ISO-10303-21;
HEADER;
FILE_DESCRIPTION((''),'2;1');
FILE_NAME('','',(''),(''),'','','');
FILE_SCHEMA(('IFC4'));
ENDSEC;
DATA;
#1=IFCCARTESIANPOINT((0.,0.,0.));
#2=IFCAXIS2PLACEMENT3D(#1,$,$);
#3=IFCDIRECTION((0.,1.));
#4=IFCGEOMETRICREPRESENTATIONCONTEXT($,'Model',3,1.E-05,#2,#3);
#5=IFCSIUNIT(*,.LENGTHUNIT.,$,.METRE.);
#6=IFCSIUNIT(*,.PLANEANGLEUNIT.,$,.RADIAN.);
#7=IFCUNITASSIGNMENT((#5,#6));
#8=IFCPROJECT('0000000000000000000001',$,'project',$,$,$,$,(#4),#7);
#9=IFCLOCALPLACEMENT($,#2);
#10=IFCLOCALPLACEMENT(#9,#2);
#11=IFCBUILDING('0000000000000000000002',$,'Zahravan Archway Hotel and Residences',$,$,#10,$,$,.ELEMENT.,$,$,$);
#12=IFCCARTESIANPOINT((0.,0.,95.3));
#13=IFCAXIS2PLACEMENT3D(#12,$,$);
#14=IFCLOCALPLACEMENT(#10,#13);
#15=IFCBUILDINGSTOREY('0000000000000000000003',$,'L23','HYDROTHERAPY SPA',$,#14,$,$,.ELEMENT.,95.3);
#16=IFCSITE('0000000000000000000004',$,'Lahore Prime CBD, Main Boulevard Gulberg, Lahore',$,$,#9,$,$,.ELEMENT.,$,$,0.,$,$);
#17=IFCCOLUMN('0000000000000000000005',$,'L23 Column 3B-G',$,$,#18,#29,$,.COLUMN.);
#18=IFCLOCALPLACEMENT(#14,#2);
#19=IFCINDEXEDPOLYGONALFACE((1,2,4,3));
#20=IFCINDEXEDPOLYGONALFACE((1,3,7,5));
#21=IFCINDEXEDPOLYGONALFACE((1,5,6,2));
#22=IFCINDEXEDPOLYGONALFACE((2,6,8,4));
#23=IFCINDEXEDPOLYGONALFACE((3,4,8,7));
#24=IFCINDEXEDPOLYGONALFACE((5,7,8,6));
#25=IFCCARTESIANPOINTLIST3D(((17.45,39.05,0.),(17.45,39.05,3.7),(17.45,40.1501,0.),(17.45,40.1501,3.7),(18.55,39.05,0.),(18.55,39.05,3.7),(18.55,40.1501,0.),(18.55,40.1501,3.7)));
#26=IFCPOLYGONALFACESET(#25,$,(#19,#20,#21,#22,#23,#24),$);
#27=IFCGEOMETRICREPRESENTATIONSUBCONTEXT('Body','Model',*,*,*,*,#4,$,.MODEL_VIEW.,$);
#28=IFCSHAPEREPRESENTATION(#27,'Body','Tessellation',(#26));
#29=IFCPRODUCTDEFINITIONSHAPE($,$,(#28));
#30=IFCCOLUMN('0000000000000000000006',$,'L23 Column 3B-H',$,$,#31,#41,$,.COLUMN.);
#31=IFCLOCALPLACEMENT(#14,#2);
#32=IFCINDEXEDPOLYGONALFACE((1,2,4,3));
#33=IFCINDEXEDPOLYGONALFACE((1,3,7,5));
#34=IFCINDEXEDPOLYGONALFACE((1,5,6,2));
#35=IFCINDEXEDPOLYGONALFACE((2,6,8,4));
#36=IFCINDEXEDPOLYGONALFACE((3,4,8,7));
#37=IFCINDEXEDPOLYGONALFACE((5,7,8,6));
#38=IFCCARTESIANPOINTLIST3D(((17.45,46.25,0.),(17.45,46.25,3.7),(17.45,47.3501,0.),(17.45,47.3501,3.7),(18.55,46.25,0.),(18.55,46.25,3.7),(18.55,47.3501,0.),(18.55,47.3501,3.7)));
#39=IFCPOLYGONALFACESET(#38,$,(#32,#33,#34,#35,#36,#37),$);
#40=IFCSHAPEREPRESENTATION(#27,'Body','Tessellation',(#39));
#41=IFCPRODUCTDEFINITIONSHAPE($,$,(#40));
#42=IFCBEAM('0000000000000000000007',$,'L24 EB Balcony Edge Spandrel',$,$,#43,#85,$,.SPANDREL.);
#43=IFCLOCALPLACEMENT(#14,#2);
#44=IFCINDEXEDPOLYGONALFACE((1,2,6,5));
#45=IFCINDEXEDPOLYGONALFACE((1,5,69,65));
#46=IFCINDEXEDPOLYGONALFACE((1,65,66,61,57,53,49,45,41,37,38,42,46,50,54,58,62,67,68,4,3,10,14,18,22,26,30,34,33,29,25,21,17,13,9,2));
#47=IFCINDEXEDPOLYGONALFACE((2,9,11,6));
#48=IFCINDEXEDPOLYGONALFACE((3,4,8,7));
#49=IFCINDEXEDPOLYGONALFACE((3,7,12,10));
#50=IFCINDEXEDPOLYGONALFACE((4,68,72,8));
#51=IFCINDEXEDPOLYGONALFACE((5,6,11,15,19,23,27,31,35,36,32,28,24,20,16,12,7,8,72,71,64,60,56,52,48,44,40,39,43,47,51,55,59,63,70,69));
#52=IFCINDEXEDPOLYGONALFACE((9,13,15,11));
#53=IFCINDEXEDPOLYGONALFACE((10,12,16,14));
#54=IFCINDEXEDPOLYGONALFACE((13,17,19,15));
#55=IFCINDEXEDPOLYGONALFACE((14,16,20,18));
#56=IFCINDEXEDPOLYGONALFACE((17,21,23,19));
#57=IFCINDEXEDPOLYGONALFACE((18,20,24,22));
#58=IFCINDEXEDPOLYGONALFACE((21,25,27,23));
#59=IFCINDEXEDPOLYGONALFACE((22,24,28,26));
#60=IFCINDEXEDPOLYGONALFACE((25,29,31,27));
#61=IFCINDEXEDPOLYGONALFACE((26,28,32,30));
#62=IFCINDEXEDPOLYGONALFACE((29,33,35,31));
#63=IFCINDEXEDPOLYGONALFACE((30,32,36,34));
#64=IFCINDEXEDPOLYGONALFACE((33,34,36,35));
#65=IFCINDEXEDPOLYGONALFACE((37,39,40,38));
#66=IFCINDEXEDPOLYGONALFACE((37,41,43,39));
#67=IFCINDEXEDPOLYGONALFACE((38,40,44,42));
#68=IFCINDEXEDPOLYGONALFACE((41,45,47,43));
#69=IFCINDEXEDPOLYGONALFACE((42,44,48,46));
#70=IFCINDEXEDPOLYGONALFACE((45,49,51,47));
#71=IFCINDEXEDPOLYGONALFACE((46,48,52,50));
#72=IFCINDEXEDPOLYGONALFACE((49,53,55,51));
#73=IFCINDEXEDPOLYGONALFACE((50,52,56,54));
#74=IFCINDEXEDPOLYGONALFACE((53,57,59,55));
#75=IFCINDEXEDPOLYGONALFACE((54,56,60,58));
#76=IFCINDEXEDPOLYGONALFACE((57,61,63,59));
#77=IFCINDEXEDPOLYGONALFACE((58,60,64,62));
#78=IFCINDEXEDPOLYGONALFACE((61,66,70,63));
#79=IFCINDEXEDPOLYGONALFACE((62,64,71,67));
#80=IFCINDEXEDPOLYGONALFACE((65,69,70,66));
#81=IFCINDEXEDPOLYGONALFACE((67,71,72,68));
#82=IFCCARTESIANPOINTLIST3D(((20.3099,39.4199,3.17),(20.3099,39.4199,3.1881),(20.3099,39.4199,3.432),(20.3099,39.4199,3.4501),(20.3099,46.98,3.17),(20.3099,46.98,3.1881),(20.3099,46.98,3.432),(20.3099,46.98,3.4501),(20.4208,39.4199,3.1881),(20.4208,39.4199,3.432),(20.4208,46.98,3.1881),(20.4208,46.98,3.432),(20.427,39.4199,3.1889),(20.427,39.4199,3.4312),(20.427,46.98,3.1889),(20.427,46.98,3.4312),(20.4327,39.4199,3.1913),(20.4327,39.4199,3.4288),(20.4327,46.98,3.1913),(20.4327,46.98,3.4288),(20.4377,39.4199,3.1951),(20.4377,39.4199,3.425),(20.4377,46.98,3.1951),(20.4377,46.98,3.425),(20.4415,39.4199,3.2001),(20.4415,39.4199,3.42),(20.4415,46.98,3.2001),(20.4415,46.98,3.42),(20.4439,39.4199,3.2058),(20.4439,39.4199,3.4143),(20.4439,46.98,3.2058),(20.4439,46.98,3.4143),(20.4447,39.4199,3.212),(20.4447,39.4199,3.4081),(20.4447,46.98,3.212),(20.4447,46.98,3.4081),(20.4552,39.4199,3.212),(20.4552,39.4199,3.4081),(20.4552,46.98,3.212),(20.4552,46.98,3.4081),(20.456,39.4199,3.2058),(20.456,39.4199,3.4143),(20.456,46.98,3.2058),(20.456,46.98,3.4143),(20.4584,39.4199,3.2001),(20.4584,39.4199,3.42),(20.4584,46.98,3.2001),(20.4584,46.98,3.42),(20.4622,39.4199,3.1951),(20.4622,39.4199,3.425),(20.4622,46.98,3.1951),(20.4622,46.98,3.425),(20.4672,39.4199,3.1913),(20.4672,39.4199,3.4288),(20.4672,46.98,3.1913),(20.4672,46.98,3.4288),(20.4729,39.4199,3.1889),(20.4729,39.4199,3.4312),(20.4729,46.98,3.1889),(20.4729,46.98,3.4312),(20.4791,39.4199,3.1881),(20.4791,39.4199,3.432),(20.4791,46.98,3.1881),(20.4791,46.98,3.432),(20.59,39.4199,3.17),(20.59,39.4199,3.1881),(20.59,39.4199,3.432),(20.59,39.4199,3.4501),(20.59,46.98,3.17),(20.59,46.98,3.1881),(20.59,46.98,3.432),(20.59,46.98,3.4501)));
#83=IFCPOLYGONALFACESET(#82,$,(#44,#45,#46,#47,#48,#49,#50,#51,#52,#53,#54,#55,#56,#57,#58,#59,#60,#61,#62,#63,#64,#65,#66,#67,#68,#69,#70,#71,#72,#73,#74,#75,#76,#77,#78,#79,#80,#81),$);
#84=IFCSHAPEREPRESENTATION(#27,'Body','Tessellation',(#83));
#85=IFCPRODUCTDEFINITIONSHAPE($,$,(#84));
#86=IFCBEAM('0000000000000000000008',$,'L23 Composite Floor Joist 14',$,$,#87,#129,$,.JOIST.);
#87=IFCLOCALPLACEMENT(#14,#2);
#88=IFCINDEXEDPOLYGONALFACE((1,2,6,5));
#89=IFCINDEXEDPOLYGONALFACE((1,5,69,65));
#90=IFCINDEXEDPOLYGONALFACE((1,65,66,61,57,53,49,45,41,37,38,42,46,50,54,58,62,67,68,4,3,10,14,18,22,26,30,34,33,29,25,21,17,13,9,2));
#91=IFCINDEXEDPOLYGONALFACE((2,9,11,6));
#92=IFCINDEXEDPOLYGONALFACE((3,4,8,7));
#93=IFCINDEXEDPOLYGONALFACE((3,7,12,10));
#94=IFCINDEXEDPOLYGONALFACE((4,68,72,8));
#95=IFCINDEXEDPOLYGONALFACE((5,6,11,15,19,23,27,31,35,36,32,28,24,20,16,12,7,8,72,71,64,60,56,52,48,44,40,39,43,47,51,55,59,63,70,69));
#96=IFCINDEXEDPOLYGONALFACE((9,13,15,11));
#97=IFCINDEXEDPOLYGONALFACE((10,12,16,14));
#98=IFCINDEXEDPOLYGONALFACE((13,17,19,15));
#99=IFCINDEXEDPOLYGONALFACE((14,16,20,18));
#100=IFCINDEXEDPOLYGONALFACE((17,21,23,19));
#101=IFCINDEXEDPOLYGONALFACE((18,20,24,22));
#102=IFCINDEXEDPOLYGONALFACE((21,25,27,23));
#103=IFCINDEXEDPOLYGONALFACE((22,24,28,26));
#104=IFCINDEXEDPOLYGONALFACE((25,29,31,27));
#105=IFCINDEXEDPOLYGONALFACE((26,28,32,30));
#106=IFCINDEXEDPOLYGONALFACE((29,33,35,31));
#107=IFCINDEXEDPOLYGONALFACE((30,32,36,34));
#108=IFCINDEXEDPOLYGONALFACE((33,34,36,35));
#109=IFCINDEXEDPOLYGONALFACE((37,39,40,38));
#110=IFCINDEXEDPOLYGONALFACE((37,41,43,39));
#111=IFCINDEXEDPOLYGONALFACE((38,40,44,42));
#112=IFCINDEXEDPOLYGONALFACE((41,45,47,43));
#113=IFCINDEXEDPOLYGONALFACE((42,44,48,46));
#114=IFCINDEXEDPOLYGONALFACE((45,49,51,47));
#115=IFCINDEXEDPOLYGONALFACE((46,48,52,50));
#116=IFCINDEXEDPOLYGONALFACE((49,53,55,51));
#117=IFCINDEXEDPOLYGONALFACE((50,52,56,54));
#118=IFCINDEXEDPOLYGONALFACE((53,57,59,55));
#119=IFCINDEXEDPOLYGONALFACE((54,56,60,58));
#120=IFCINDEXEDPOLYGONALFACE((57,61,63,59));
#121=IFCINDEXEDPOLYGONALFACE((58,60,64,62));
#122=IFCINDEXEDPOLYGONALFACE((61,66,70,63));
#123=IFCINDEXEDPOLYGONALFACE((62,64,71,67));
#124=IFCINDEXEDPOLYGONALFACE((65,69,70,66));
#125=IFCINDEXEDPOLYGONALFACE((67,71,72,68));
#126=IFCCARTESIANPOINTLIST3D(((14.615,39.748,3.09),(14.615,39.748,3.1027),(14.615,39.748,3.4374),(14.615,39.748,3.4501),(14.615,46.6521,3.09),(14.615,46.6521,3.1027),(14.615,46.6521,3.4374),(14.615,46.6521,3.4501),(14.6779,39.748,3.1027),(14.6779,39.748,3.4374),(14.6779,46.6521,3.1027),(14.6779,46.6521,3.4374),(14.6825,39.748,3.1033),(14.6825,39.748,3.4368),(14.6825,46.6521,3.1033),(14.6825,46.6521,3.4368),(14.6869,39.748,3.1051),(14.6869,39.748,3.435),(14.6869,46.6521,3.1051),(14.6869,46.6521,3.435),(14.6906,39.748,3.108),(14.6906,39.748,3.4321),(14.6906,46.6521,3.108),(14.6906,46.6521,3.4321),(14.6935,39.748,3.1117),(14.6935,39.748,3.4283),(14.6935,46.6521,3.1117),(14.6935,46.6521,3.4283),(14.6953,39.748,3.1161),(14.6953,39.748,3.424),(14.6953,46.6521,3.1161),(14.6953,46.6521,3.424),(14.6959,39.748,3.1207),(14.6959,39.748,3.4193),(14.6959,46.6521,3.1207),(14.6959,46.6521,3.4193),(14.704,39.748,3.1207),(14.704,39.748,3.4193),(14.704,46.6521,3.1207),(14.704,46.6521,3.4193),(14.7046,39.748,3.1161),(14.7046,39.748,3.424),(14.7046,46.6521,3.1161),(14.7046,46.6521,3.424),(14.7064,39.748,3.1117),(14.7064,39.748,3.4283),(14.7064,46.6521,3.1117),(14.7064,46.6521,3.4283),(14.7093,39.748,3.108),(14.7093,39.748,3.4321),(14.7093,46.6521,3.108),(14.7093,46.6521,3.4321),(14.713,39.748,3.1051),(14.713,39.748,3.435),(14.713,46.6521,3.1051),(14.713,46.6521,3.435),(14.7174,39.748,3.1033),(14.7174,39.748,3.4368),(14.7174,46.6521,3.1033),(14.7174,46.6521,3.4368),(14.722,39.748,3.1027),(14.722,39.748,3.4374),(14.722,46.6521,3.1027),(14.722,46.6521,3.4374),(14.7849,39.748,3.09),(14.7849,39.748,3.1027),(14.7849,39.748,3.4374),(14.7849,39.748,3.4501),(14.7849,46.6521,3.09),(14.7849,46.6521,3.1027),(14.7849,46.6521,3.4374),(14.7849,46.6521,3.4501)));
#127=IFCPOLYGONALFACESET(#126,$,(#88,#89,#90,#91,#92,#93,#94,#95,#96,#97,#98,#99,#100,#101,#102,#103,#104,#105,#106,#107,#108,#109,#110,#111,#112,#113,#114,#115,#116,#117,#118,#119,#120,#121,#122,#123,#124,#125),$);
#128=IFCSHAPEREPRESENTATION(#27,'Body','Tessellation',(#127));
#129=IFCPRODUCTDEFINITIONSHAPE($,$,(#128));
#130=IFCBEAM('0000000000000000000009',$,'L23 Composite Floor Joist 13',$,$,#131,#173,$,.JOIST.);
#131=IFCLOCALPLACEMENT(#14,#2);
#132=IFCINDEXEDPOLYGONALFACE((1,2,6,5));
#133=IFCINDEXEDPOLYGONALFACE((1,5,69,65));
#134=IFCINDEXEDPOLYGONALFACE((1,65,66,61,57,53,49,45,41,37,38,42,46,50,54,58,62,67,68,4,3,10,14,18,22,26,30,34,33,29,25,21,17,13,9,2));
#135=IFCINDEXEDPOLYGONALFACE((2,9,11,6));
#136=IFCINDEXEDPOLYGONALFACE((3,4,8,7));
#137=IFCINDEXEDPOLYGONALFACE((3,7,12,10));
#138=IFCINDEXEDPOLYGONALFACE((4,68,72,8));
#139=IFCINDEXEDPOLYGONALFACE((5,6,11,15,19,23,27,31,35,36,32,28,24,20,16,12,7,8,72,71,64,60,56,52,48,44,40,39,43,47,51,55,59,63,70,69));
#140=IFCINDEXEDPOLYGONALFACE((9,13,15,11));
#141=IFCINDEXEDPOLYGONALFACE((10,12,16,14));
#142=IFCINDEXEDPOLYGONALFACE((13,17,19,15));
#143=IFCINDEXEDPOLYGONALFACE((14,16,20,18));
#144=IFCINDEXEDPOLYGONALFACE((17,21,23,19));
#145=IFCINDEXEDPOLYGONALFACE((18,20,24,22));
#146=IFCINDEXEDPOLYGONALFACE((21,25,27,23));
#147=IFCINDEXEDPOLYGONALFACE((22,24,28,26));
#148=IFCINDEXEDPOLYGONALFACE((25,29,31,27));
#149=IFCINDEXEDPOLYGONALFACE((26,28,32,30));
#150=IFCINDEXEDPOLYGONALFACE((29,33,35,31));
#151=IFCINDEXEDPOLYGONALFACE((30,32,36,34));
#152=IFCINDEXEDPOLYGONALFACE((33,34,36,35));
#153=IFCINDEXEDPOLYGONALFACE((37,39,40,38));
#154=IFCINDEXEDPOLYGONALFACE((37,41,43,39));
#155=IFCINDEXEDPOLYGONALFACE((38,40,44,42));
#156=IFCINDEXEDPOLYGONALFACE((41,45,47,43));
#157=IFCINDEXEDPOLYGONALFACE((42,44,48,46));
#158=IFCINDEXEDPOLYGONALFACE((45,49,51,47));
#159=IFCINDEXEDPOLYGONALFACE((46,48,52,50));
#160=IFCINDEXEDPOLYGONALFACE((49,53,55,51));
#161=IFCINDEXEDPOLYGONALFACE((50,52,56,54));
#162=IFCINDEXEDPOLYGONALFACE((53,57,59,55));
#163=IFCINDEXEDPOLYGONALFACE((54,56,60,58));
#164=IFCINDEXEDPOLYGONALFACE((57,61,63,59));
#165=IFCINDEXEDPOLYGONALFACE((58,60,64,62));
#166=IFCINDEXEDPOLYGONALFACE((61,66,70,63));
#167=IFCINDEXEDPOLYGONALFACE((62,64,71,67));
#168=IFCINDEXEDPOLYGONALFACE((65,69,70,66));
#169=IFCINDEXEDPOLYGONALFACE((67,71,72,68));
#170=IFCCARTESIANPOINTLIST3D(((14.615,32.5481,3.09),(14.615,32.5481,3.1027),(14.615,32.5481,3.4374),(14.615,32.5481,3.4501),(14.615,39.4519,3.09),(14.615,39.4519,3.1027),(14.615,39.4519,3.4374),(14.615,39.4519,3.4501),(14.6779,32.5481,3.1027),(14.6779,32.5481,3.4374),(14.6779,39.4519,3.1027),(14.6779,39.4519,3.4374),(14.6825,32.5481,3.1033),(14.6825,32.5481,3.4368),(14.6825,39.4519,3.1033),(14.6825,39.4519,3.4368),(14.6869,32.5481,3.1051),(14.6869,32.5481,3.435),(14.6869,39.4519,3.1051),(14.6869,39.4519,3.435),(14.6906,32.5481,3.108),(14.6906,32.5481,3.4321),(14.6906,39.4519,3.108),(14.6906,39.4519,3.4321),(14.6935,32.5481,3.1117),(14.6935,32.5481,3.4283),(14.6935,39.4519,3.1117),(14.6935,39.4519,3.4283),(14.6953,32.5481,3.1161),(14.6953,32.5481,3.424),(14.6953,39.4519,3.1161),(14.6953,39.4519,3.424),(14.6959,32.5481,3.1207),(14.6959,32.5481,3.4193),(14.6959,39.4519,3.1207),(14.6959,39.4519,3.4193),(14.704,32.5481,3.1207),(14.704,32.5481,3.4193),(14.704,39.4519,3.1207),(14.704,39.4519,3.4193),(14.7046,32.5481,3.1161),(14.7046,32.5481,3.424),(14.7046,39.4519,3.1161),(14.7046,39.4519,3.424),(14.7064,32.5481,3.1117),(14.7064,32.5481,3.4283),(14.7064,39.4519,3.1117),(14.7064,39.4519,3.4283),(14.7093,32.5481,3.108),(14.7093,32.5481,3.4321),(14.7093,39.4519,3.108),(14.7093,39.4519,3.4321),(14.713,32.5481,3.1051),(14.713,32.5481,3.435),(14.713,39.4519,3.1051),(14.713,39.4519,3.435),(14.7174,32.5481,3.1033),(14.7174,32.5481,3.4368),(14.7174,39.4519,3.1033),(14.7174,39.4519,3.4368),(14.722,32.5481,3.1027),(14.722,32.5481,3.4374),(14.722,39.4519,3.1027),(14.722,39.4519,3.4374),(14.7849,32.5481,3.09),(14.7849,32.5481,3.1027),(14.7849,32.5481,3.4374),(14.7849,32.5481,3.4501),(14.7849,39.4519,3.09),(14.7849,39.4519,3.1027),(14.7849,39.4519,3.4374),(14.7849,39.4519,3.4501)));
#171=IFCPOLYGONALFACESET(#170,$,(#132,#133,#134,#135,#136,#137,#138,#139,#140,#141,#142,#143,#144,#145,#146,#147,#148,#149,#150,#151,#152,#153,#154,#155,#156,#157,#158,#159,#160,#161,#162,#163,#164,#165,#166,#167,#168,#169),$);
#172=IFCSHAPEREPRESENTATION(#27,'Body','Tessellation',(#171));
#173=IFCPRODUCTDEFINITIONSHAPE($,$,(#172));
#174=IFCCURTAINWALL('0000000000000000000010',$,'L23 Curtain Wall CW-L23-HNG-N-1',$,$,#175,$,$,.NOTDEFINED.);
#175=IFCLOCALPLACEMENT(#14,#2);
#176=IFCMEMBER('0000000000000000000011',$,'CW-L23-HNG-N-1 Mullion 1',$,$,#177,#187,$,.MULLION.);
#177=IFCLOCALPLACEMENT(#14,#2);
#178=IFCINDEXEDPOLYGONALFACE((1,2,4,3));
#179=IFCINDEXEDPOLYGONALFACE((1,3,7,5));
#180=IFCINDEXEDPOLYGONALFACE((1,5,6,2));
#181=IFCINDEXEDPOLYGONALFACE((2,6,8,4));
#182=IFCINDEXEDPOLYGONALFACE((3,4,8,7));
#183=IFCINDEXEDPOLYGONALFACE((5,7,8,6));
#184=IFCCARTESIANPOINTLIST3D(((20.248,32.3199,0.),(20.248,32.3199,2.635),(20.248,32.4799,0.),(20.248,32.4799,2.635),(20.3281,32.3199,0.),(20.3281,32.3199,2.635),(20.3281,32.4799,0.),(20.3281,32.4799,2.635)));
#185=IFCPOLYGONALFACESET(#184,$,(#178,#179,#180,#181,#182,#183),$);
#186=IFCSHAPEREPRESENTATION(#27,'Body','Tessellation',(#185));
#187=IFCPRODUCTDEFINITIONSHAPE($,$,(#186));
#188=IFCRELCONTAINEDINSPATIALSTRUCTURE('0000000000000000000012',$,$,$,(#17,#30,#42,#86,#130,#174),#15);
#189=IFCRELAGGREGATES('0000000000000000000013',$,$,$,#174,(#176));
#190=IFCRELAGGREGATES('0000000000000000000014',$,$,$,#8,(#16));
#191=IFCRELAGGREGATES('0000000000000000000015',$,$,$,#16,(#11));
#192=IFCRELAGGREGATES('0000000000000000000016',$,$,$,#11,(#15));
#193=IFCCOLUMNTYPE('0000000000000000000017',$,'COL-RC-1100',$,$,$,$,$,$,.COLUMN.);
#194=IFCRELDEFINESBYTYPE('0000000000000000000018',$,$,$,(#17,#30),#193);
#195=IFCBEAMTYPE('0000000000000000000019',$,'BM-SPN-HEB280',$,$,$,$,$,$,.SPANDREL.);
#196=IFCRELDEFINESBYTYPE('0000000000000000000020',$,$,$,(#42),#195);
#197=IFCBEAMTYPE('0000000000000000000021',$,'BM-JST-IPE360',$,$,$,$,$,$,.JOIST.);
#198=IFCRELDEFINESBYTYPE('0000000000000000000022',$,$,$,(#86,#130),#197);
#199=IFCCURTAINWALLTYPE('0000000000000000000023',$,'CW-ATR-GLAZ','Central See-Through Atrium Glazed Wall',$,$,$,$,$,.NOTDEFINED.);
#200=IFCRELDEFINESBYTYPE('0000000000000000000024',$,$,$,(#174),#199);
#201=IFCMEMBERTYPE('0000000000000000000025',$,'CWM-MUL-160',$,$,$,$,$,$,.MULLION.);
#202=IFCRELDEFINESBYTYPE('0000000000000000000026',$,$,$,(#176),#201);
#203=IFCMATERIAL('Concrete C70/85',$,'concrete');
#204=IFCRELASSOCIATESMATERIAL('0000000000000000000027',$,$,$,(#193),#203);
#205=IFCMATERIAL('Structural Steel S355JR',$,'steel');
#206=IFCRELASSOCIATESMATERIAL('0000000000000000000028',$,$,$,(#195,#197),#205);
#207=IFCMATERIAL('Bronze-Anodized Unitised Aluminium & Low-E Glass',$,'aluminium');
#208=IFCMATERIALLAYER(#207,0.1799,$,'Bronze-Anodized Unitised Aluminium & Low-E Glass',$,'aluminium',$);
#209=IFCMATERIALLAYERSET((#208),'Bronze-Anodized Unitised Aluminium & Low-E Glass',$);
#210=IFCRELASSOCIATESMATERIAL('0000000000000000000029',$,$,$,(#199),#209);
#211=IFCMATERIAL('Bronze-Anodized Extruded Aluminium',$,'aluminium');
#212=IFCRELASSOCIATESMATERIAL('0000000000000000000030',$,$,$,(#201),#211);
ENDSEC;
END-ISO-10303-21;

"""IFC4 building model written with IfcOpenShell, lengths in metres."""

from ifc_helpers import new_model, si_unit, direction, frame, origin, origin_2d, place, context, subcontext, project, spatial, rectangle, i_section, extrude, source, transform, mapped, material, layer, layer_set, material_profile, profile_set, type_object, type_shapes, element, aggregate, save


model = new_model("IFC4")

# Units and contexts
model_context = context("Model", 3, precision=1e-05, world=origin(), true_north=direction((0.0, 1.0)))
body_context = subcontext(model_context, "Body", "Model", "MODEL_VIEW")
ifc_project = project(units=[si_unit("LENGTHUNIT", "METRE"), si_unit("PLANEANGLEUNIT", "RADIAN")], contexts=[model_context])

# Site, building, storey
site_placement = place(None, origin())
site = spatial("IfcSite", under=ifc_project, at=site_placement, Name="Lahore Prime CBD, Main Boulevard Gulberg, Lahore", CompositionType="ELEMENT", RefElevation=0.0)
building_placement = place(site_placement, origin())
building = spatial("IfcBuilding", under=site, at=building_placement, Name="Zahravan Archway Hotel and Residences", CompositionType="ELEMENT")
storey_placement = place(building_placement, frame((0.0, 0.0, 95.3)))
storey = spatial("IfcBuildingStorey", under=building, at=storey_placement, Name="L23", Description="HYDROTHERAPY SPA", CompositionType="ELEMENT", Elevation=95.3)

# Columns
ifc_material_1 = material(Name="Concrete C70/85", Category="concrete")
ifc_material_profile_1 = material_profile(ifc_material_1, rectangle(XDim=1.1001, YDim=1.1001, at=origin_2d()), Name="RC 1100x1100", Category="concrete")
ifc_profile_set_1 = profile_set([ifc_material_profile_1], Name="Concrete C70/85")
column_type = type_object("IfcColumnType", Name="COL-RC-1100", PredefinedType="COLUMN", material=ifc_profile_set_1)
shared_shape_1 = source(origin(), body_context, "Body", "SweptSolid", [
    extrude(rectangle(XDim=1.1001, YDim=1.1001, at=origin_2d()), origin(), (0.0, 0.0, 1.0), 3.7),
])
for number, where, z_axis, x_axis, name in (
    (1, (18.0, 39.6001, 0.0), (0.0, 0.0, 1.0), (1.0, 0.0, 0.0), "L23 Column 3B-G"),
    (2, (18.0, 46.8, 0.0), (0.0, 0.0, 1.0), (1.0, 0.0, 0.0), "L23 Column 3B-H"),
):
    element("IfcColumn", number, at=place(storey_placement, frame(where, z_axis=z_axis, x_axis=x_axis)), inside=storey, type_object=column_type, Name=name, PredefinedType="COLUMN", context=body_context, shape_type="MappedRepresentation", body=[
        mapped(shared_shape_1, transform((0.0, 0.0, 0.0), scale=1.0)),
    ])

# Beams
ifc_material_2 = material(Name="Structural Steel S355JR", Category="steel")
ifc_material_profile_2 = material_profile(ifc_material_2, i_section(OverallWidth=0.28, OverallDepth=0.28, WebThickness=0.0105, FlangeThickness=0.0181, FilletRadius=0.0239, at=origin_2d()), Name="HEB 280", Category="steel")
ifc_profile_set_2 = profile_set([ifc_material_profile_2], Name="Structural Steel S355JR")
beam_type_1 = type_object("IfcBeamType", Name="BM-SPN-HEB280", PredefinedType="SPANDREL", material=ifc_profile_set_2)
shared_shape_2 = source(origin(), body_context, "Body", "SweptSolid", [
    extrude(i_section(OverallWidth=0.28, OverallDepth=0.28, WebThickness=0.0105, FlangeThickness=0.0181, FilletRadius=0.0239, at=origin_2d()), origin(), (0.0, 0.0, 1.0), 7.5601),
])
type_shapes(beam_type_1, [shared_shape_2])
beam_1_placement = place(storey_placement, frame((20.45, 39.4199, 3.3101), z_axis=(0.0, 1.0, 0.0), x_axis=(-1.0, 0.0, 0.0)))
element("IfcBeam", 3, at=beam_1_placement, inside=storey, type_object=beam_type_1, Name="L24 EB Balcony Edge Spandrel", PredefinedType="SPANDREL", context=body_context, shape_type="MappedRepresentation", body=[
    mapped(shared_shape_2, transform((0.0, 0.0, 0.0), scale=1.0)),
])
ifc_material_profile_3 = material_profile(ifc_material_2, i_section(OverallWidth=0.1699, OverallDepth=0.3601, WebThickness=0.0081, FlangeThickness=0.0127, FilletRadius=0.0181, at=origin_2d()), Name="IPE 360", Category="steel")
ifc_profile_set_3 = profile_set([ifc_material_profile_3], Name="Structural Steel S355JR")
beam_type_2 = type_object("IfcBeamType", Name="BM-JST-IPE360", PredefinedType="JOIST", material=ifc_profile_set_3)
shared_shape_3 = source(origin(), body_context, "Body", "SweptSolid", [
    extrude(i_section(OverallWidth=0.1699, OverallDepth=0.3601, WebThickness=0.0081, FlangeThickness=0.0127, FilletRadius=0.0181, at=origin_2d()), origin(), (0.0, 0.0, 1.0), 6.9041),
])
type_shapes(beam_type_2, [shared_shape_3])
beam_2_placement = place(storey_placement, frame((14.7, 39.748, 3.27), z_axis=(0.0, 1.0, 0.0), x_axis=(-1.0, 0.0, 0.0)))
element("IfcBeam", 4, at=beam_2_placement, inside=storey, type_object=beam_type_2, Name="L23 Composite Floor Joist 14", PredefinedType="JOIST", context=body_context, shape_type="MappedRepresentation", body=[
    mapped(shared_shape_3, transform((0.0, 0.0, 0.0), scale=1.0)),
])
shared_shape_4 = source(origin(), body_context, "Body", "SweptSolid", [
    extrude(i_section(OverallWidth=0.1699, OverallDepth=0.3601, WebThickness=0.0081, FlangeThickness=0.0127, FilletRadius=0.0181, at=origin_2d()), origin(), (0.0, 0.0, 1.0), 6.9038),
])
beam_3_placement = place(storey_placement, frame((14.7, 32.5481, 3.27), z_axis=(0.0, 1.0, 0.0), x_axis=(-1.0, 0.0, 0.0)))
element("IfcBeam", 5, at=beam_3_placement, inside=storey, type_object=beam_type_2, Name="L23 Composite Floor Joist 13", PredefinedType="JOIST", context=body_context, shape_type="MappedRepresentation", body=[
    mapped(shared_shape_4, transform((0.0, 0.0, 0.0), scale=1.0)),
])

# Curtain wall, member
ifc_material_3 = material(Name="Bronze-Anodized Unitised Aluminium & Low-E Glass", Category="aluminium")
ifc_layer_1 = layer(ifc_material_3, 0.1799, Name="Bronze-Anodized Unitised Aluminium & Low-E Glass", Category="aluminium")
ifc_layer_set_1 = layer_set([ifc_layer_1], Name="Bronze-Anodized Unitised Aluminium & Low-E Glass")
curtain_wall_type = type_object("IfcCurtainWallType", Name="CW-ATR-GLAZ", Description="Central See-Through Atrium Glazed Wall", PredefinedType="NOTDEFINED", material=ifc_layer_set_1)
curtain_wall_placement = place(storey_placement, origin())
curtain_wall = element("IfcCurtainWall", 6, at=curtain_wall_placement, inside=storey, type_object=curtain_wall_type, Name="L23 Curtain Wall CW-L23-HNG-N-1", PredefinedType="NOTDEFINED")
ifc_material_4 = material(Name="Bronze-Anodized Extruded Aluminium", Category="aluminium")
ifc_material_profile_4 = material_profile(ifc_material_4, rectangle(XDim=0.0801, YDim=0.1599, at=origin_2d()), Name="MUL 80x160", Category="aluminium")
ifc_profile_set_4 = profile_set([ifc_material_profile_4], Name="Bronze-Anodized Extruded Aluminium")
member_type_1 = type_object("IfcMemberType", Name="CWM-MUL-160", PredefinedType="MULLION", material=ifc_profile_set_4)
shared_shape_5 = source(origin(), body_context, "Body", "SweptSolid", [
    extrude(rectangle(XDim=0.0801, YDim=0.1599, at=origin_2d()), origin(), (0.0, 0.0, 1.0), 2.635),
])
member_1_placement = place(storey_placement, frame((20.2881, 32.3999, 0.0), z_axis=(0.0, 0.0, 1.0), x_axis=(1.0, 0.0, 0.0)))
member_1 = element("IfcMember", 7, at=member_1_placement, type_object=member_type_1, Name="CW-L23-HNG-N-1 Mullion 1", PredefinedType="MULLION", context=body_context, shape_type="MappedRepresentation", body=[
    mapped(shared_shape_5, transform((0.0, 0.0, 0.0), scale=1.0)),
])
aggregate(curtain_wall, [member_1])

save(model, "model.ifc")
